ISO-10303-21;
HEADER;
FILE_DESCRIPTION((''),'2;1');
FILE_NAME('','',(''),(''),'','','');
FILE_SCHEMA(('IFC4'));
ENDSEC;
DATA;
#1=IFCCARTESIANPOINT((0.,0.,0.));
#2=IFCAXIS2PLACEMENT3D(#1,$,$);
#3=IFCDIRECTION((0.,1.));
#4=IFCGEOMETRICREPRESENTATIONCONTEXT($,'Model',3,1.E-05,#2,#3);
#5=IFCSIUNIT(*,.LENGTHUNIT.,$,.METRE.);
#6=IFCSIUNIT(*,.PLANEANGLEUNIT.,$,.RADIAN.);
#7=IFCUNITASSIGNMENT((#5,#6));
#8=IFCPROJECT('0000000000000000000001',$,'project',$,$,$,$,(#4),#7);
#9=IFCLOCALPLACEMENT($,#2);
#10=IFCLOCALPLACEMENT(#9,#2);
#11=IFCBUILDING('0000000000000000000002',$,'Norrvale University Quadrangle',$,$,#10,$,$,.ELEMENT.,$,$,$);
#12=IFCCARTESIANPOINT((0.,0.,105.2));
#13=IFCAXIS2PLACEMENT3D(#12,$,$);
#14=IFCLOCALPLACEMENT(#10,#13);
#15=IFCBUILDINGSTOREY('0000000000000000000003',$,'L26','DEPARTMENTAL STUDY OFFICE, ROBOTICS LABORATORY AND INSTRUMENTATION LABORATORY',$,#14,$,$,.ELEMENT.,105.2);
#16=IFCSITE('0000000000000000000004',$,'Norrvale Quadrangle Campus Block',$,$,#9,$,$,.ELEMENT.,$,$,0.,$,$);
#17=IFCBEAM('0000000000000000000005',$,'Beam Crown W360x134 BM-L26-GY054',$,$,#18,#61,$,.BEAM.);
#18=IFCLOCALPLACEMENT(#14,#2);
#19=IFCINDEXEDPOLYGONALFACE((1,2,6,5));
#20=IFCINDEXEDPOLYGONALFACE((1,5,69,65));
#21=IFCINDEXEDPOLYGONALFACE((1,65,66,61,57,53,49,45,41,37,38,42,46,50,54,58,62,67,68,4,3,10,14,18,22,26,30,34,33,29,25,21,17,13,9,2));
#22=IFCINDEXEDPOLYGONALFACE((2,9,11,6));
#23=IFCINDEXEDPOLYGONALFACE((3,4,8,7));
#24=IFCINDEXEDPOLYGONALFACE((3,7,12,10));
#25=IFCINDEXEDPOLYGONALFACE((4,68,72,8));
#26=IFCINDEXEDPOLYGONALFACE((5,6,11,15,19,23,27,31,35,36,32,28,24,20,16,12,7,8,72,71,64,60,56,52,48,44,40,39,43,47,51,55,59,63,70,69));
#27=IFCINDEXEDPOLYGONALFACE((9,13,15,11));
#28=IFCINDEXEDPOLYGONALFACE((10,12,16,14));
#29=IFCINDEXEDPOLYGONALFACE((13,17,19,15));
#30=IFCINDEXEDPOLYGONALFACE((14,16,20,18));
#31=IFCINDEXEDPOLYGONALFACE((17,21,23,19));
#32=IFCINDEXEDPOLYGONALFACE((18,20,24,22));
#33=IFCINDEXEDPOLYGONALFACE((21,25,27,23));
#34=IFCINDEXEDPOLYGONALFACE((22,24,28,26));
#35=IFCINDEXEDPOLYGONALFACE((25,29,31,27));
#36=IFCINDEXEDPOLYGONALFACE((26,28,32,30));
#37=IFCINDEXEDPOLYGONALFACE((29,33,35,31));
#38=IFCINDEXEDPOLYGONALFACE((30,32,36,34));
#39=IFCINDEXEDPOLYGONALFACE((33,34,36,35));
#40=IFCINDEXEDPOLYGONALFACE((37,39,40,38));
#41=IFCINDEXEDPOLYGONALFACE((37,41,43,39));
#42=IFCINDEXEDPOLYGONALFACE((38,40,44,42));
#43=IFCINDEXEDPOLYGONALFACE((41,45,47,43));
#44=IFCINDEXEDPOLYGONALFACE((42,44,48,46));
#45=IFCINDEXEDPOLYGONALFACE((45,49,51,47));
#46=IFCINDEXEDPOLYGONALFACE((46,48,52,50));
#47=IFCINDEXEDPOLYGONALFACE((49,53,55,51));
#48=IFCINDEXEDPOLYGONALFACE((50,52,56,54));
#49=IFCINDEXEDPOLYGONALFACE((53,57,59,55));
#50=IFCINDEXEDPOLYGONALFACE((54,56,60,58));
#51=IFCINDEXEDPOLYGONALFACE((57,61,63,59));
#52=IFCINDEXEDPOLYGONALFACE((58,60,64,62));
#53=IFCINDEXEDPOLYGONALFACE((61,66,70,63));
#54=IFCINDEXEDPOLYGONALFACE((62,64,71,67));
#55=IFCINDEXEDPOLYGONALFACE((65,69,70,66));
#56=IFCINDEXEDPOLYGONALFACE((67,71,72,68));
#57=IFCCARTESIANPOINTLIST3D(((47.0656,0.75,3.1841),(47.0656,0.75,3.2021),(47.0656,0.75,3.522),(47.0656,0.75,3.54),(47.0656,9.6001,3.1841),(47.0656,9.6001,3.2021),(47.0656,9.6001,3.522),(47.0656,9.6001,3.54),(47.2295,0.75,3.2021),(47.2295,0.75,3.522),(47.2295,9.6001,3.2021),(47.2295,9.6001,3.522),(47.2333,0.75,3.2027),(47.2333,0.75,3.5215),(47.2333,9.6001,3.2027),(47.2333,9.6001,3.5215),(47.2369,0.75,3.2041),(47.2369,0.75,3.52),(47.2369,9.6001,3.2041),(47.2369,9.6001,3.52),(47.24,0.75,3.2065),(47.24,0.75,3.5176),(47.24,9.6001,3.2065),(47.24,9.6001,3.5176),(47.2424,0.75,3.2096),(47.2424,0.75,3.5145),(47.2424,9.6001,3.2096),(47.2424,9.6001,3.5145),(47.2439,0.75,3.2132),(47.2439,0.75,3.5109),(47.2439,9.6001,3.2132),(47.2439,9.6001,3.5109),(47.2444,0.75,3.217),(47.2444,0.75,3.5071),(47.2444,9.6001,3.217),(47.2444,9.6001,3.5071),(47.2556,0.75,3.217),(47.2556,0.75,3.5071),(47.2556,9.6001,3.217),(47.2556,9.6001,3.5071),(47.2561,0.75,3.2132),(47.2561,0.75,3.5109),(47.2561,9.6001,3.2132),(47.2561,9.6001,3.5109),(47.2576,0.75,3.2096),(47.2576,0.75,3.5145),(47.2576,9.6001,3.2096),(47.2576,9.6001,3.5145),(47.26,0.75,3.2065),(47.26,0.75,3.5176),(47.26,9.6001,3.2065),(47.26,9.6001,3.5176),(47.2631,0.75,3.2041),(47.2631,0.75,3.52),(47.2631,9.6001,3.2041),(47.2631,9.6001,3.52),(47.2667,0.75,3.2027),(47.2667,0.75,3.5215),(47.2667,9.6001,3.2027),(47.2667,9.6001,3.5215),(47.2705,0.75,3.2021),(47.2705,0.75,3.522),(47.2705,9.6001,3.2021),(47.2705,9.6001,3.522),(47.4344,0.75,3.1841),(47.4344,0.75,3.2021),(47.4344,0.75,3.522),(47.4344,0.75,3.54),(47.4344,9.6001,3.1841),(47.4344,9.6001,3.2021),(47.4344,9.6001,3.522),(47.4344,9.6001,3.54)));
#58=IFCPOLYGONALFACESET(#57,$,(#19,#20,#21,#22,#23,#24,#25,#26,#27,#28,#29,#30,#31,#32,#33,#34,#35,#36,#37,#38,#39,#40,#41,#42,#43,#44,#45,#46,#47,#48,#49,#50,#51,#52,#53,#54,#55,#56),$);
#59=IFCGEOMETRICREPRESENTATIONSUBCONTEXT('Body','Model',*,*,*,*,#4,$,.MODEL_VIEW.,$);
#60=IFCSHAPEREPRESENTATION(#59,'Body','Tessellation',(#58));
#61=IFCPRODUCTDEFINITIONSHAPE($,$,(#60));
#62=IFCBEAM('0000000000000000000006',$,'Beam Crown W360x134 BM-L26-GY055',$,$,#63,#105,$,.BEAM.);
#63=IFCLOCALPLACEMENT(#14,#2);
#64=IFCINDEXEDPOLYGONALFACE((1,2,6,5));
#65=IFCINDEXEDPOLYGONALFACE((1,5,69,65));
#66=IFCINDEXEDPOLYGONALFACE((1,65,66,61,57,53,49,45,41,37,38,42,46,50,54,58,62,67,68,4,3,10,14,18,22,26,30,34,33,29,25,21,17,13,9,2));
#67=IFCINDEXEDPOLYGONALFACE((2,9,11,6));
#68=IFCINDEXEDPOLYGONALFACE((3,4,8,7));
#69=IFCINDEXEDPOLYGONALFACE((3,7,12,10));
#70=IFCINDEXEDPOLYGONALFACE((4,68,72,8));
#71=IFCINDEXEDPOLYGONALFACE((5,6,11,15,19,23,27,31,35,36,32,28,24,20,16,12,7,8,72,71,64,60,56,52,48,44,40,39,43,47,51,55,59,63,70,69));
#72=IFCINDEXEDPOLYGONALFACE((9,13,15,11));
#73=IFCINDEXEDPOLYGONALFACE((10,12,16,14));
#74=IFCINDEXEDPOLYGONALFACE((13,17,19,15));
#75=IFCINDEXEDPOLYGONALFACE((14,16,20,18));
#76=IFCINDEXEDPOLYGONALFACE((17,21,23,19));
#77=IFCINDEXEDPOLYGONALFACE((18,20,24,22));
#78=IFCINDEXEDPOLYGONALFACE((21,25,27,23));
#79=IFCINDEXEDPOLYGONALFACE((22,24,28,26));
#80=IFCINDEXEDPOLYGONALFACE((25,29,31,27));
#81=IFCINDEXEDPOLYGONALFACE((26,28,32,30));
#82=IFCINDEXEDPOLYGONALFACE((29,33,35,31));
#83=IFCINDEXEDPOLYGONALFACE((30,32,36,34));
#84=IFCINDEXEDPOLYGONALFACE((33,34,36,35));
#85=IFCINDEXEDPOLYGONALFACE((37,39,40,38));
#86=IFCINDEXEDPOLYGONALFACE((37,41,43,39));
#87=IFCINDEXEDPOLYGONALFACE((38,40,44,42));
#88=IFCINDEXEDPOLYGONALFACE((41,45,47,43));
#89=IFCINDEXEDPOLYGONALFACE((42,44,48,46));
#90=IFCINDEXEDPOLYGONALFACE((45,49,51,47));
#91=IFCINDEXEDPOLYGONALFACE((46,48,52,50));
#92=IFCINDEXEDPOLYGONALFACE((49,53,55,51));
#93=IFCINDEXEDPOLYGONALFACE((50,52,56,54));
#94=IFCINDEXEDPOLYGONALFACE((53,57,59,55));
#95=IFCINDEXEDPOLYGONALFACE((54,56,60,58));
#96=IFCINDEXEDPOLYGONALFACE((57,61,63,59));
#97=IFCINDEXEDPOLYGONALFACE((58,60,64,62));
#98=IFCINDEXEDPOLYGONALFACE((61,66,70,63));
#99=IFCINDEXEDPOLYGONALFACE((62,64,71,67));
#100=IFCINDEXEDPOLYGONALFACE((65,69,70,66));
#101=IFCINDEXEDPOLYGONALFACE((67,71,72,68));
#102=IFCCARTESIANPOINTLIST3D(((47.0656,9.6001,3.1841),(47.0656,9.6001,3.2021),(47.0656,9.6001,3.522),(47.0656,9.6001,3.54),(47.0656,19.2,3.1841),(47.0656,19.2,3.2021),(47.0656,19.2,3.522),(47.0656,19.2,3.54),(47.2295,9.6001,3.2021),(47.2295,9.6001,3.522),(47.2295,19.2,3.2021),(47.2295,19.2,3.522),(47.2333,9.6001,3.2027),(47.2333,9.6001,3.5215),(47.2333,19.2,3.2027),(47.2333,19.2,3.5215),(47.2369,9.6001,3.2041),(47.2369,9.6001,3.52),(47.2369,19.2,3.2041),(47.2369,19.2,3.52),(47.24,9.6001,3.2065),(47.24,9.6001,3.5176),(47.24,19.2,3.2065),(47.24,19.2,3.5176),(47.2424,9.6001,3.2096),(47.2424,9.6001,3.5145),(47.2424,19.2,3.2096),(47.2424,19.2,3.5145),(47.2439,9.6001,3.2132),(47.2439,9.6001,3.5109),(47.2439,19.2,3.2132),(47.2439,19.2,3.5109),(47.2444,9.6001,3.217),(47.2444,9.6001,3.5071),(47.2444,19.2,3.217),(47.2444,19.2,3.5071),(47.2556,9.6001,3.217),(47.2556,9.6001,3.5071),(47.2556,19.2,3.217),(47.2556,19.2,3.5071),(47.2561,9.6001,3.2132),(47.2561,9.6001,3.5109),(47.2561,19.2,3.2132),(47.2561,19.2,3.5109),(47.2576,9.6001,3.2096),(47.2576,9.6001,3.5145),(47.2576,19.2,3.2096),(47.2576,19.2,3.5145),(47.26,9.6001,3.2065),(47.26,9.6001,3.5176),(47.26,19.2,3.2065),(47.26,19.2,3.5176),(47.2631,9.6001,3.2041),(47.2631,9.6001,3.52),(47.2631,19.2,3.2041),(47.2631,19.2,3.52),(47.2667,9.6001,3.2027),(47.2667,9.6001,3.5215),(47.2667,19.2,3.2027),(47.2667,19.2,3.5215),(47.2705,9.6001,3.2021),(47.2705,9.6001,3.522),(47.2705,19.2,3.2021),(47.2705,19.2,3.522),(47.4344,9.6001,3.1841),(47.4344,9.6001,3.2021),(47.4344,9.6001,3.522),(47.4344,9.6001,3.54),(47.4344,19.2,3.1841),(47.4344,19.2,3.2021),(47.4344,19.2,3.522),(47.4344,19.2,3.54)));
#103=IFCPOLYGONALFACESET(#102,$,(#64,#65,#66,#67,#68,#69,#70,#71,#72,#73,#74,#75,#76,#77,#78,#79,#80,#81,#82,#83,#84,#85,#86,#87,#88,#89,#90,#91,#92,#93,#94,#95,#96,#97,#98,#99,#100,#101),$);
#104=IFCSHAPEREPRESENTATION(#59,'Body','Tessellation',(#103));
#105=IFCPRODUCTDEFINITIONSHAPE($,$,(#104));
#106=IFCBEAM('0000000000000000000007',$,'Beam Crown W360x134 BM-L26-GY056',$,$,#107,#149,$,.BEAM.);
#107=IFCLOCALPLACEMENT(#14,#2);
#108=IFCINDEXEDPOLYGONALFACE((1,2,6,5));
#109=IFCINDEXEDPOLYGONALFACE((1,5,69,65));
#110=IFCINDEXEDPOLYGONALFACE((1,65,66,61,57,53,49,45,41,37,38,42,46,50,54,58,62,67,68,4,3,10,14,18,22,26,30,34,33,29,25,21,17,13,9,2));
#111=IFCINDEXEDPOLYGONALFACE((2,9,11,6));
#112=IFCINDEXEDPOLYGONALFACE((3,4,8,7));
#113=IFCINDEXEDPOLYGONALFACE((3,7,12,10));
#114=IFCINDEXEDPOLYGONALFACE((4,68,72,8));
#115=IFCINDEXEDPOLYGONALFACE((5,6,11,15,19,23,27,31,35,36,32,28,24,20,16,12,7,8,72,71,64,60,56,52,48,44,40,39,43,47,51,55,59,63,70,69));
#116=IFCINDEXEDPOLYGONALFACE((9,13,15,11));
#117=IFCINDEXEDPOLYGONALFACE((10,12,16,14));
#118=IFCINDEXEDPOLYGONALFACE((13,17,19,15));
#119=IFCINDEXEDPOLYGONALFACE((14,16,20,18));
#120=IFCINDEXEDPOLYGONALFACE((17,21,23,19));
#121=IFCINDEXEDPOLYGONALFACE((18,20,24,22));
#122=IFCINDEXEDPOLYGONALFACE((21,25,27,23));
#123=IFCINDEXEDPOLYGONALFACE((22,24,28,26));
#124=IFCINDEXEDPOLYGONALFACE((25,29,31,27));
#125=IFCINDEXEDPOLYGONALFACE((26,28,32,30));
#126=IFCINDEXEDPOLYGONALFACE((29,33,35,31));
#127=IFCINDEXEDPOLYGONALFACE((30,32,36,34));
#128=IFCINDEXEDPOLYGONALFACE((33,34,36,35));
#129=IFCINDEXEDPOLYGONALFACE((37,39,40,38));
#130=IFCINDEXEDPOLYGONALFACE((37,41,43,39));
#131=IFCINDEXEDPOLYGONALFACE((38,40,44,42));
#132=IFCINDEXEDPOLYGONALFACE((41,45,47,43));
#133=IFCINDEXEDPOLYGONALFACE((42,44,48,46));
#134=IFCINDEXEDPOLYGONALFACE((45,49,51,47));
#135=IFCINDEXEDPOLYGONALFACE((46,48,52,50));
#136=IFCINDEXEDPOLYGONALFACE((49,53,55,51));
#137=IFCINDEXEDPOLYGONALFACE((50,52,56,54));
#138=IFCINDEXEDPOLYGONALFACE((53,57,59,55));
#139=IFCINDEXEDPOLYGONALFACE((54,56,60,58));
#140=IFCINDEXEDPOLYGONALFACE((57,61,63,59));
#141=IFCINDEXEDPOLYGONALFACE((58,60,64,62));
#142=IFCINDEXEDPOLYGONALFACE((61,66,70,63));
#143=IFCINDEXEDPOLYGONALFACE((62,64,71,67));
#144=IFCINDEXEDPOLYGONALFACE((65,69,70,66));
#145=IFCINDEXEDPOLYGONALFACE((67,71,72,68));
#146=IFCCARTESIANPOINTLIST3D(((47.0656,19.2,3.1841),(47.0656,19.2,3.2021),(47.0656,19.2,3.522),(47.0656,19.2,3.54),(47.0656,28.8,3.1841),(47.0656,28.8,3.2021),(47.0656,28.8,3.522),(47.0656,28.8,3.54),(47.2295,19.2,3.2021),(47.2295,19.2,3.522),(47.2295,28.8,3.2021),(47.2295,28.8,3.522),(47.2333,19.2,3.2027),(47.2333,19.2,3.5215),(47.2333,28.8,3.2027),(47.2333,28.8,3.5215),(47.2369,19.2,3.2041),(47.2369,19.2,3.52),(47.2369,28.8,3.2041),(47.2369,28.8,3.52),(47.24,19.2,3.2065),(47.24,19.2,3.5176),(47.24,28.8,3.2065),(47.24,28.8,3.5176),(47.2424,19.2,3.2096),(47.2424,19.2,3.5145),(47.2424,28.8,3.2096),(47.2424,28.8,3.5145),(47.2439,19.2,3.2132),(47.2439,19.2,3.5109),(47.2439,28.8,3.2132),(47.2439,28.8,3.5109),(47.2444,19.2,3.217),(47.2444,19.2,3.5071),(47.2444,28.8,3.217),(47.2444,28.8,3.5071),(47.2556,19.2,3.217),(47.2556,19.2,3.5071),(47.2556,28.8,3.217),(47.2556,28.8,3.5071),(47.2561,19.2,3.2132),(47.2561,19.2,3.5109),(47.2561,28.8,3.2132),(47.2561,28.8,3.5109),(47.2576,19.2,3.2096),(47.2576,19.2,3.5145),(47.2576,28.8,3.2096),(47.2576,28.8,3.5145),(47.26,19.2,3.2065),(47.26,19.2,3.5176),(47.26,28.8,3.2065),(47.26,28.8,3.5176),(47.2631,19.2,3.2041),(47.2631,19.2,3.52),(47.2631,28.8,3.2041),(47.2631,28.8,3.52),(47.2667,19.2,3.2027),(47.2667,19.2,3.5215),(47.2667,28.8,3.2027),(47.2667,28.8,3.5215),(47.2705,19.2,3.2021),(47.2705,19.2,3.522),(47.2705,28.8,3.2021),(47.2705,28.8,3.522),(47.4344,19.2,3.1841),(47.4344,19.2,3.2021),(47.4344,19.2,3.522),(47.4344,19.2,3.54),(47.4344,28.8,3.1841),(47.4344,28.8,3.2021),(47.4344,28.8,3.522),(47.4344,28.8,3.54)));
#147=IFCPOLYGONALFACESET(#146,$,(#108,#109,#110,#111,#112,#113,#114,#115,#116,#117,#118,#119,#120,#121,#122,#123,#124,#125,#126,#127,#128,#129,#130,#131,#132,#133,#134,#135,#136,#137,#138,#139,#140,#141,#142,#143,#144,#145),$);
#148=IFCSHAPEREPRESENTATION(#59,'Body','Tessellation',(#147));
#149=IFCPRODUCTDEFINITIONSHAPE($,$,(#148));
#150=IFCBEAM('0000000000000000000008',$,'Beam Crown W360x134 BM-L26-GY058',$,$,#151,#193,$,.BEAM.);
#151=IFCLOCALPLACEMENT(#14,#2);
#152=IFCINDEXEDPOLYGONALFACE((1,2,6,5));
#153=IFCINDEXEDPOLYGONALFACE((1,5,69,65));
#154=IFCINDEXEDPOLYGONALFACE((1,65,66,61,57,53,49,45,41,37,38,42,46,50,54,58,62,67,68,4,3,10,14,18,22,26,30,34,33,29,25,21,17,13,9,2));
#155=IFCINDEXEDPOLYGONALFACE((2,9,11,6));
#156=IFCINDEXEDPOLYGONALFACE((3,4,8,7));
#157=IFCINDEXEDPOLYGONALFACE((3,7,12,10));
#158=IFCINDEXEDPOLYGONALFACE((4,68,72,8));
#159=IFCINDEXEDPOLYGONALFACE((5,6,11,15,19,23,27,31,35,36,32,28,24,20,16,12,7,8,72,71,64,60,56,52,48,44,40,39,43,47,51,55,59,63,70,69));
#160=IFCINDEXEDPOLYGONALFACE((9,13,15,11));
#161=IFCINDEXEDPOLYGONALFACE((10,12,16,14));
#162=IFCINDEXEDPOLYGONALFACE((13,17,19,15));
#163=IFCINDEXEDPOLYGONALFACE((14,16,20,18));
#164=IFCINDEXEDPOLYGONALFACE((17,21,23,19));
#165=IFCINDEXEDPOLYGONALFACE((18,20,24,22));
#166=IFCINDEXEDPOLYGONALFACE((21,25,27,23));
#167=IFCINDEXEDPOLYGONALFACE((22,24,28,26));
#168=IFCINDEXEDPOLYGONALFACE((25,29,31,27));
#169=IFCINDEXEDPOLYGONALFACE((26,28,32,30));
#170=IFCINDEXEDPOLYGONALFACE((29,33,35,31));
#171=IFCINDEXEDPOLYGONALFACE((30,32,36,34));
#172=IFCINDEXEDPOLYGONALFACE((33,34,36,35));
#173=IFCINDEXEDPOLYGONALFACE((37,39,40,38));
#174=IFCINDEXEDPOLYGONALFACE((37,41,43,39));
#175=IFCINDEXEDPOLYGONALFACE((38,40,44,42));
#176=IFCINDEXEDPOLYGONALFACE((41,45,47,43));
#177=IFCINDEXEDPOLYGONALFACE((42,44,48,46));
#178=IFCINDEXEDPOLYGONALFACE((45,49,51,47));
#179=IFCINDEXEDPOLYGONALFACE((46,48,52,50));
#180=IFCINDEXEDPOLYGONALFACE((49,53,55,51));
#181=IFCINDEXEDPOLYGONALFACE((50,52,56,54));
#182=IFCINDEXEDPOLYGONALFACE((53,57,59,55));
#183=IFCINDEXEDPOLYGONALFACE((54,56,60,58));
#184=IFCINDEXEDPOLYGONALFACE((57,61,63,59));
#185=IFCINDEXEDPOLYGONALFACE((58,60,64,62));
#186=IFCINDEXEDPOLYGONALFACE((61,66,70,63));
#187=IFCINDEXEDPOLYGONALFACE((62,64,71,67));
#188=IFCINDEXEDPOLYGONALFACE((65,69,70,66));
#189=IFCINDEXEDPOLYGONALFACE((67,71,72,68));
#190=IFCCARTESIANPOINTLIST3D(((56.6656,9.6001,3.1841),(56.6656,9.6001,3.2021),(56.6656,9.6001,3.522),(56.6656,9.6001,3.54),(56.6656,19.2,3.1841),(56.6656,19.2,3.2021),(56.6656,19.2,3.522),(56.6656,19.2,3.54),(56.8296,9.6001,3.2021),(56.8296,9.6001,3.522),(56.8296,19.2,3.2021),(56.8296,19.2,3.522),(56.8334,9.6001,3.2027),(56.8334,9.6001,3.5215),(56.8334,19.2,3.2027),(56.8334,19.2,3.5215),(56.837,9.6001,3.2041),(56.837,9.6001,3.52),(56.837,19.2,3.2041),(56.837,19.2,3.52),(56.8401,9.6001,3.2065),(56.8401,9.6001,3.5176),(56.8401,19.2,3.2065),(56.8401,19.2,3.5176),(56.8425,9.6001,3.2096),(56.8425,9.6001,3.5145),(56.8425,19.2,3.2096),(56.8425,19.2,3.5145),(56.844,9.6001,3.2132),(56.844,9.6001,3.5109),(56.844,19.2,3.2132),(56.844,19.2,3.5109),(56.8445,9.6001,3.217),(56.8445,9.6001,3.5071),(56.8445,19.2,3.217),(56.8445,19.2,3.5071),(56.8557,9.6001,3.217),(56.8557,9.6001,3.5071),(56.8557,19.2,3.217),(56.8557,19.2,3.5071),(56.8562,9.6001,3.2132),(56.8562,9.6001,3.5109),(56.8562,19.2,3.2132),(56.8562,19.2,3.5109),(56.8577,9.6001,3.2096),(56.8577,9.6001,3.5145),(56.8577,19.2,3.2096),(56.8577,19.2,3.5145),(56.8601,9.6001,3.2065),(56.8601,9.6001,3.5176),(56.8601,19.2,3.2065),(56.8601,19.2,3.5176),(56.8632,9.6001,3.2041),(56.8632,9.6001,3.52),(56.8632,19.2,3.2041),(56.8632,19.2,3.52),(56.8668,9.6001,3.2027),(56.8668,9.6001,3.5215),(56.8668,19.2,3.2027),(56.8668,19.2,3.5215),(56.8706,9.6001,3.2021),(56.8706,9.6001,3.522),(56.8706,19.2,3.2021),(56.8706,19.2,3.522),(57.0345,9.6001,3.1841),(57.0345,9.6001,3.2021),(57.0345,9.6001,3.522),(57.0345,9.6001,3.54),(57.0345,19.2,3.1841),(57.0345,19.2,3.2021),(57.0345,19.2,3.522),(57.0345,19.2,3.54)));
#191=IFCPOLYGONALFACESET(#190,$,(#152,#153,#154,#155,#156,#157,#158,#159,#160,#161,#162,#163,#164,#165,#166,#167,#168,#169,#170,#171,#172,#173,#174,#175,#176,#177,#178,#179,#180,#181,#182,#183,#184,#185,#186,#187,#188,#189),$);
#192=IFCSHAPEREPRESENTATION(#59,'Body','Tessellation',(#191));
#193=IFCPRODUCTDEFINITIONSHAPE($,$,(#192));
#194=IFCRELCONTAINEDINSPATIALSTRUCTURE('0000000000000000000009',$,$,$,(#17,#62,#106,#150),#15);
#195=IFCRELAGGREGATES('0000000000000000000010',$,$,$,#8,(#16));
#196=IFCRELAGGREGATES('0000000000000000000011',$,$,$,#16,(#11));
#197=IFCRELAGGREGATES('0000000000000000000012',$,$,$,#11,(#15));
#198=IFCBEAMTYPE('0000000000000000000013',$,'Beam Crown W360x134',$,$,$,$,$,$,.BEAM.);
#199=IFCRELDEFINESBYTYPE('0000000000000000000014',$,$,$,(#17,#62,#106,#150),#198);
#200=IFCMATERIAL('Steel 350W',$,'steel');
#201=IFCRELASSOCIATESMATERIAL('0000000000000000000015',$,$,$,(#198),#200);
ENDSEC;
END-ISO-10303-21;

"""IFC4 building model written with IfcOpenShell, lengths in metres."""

from ifc_helpers import new_model, si_unit, direction, frame, origin, origin_2d, place, context, subcontext, project, spatial, i_section, extrude, material, material_profile, profile_set, type_object, element, save


model = new_model("IFC4")

# Units and contexts
model_context = context("Model", 3, precision=1e-05, world=origin(), true_north=direction((0.0, 1.0)))
body_context = subcontext(model_context, "Body", "Model", "MODEL_VIEW")
ifc_project = project(units=[si_unit("LENGTHUNIT", "METRE"), si_unit("PLANEANGLEUNIT", "RADIAN")], contexts=[model_context])

# Site, building, storey
site_placement = place(None, origin())
site = spatial("IfcSite", under=ifc_project, at=site_placement, Name="Norrvale Quadrangle Campus Block", CompositionType="ELEMENT", RefElevation=0.0)
building_placement = place(site_placement, origin())
building = spatial("IfcBuilding", under=site, at=building_placement, Name="Norrvale University Quadrangle", CompositionType="ELEMENT")
storey_placement = place(building_placement, frame((0.0, 0.0, 105.2)))
storey = spatial("IfcBuildingStorey", under=building, at=storey_placement, Name="L26", Description="DEPARTMENTAL STUDY OFFICE, ROBOTICS LABORATORY AND INSTRUMENTATION LABORATORY", CompositionType="ELEMENT", Elevation=105.2)

# Beams
ifc_material_1 = material(Name="Steel 350W", Category="steel")
ifc_material_profile_1 = material_profile(ifc_material_1, i_section(OverallWidth=0.3689, OverallDepth=0.356, WebThickness=0.0112, FlangeThickness=0.0181, FilletRadius=0.0149, at=origin_2d()), Name="Steel 350W")
ifc_profile_set_1 = profile_set([ifc_material_profile_1], Name="Steel 350W")
beam_type_1 = type_object("IfcBeamType", Name="Beam Crown W360x134", PredefinedType="BEAM", material=ifc_profile_set_1)
beam_1_placement = place(storey_placement, frame((47.25, 0.75, 3.3621), z_axis=(0.0, 1.0, 0.0), x_axis=(-1.0, 0.0, 0.0)))
element("IfcBeam", 1, at=beam_1_placement, inside=storey, type_object=beam_type_1, Name="Beam Crown W360x134 BM-L26-GY054", PredefinedType="BEAM", context=body_context, shape_type="SweptSolid", body=[
    extrude(i_section(OverallWidth=0.3689, OverallDepth=0.356, WebThickness=0.0112, FlangeThickness=0.0181, FilletRadius=0.0149, at=origin_2d()), origin(), (0.0, 0.0, 1.0), 8.8501),
])
beam_2_placement = place(storey_placement, frame((47.25, 9.6001, 3.3621), z_axis=(0.0, 1.0, 0.0), x_axis=(-1.0, 0.0, 0.0)))
element("IfcBeam", 2, at=beam_2_placement, inside=storey, type_object=beam_type_1, Name="Beam Crown W360x134 BM-L26-GY055", PredefinedType="BEAM", context=body_context, shape_type="SweptSolid", body=[
    extrude(i_section(OverallWidth=0.3689, OverallDepth=0.356, WebThickness=0.0112, FlangeThickness=0.0181, FilletRadius=0.0149, at=origin_2d()), origin(), (0.0, 0.0, 1.0), 9.5999),
])
beam_3_placement = place(storey_placement, frame((47.25, 19.2, 3.3621), z_axis=(0.0, 1.0, 0.0), x_axis=(-1.0, 0.0, 0.0)))
element("IfcBeam", 3, at=beam_3_placement, inside=storey, type_object=beam_type_1, Name="Beam Crown W360x134 BM-L26-GY056", PredefinedType="BEAM", context=body_context, shape_type="SweptSolid", body=[
    extrude(i_section(OverallWidth=0.3689, OverallDepth=0.356, WebThickness=0.0112, FlangeThickness=0.0181, FilletRadius=0.0149, at=origin_2d()), origin(), (0.0, 0.0, 1.0), 9.6001),
])
beam_4_placement = place(storey_placement, frame((56.8501, 9.6001, 3.3621), z_axis=(0.0, 1.0, 0.0), x_axis=(-1.0, 0.0, 0.0)))
element("IfcBeam", 4, at=beam_4_placement, inside=storey, type_object=beam_type_1, Name="Beam Crown W360x134 BM-L26-GY058", PredefinedType="BEAM", context=body_context, shape_type="SweptSolid", body=[
    extrude(i_section(OverallWidth=0.3689, OverallDepth=0.356, WebThickness=0.0112, FlangeThickness=0.0181, FilletRadius=0.0149, at=origin_2d()), origin(), (0.0, 0.0, 1.0), 9.5999),
])

save(model, "model.ifc")
